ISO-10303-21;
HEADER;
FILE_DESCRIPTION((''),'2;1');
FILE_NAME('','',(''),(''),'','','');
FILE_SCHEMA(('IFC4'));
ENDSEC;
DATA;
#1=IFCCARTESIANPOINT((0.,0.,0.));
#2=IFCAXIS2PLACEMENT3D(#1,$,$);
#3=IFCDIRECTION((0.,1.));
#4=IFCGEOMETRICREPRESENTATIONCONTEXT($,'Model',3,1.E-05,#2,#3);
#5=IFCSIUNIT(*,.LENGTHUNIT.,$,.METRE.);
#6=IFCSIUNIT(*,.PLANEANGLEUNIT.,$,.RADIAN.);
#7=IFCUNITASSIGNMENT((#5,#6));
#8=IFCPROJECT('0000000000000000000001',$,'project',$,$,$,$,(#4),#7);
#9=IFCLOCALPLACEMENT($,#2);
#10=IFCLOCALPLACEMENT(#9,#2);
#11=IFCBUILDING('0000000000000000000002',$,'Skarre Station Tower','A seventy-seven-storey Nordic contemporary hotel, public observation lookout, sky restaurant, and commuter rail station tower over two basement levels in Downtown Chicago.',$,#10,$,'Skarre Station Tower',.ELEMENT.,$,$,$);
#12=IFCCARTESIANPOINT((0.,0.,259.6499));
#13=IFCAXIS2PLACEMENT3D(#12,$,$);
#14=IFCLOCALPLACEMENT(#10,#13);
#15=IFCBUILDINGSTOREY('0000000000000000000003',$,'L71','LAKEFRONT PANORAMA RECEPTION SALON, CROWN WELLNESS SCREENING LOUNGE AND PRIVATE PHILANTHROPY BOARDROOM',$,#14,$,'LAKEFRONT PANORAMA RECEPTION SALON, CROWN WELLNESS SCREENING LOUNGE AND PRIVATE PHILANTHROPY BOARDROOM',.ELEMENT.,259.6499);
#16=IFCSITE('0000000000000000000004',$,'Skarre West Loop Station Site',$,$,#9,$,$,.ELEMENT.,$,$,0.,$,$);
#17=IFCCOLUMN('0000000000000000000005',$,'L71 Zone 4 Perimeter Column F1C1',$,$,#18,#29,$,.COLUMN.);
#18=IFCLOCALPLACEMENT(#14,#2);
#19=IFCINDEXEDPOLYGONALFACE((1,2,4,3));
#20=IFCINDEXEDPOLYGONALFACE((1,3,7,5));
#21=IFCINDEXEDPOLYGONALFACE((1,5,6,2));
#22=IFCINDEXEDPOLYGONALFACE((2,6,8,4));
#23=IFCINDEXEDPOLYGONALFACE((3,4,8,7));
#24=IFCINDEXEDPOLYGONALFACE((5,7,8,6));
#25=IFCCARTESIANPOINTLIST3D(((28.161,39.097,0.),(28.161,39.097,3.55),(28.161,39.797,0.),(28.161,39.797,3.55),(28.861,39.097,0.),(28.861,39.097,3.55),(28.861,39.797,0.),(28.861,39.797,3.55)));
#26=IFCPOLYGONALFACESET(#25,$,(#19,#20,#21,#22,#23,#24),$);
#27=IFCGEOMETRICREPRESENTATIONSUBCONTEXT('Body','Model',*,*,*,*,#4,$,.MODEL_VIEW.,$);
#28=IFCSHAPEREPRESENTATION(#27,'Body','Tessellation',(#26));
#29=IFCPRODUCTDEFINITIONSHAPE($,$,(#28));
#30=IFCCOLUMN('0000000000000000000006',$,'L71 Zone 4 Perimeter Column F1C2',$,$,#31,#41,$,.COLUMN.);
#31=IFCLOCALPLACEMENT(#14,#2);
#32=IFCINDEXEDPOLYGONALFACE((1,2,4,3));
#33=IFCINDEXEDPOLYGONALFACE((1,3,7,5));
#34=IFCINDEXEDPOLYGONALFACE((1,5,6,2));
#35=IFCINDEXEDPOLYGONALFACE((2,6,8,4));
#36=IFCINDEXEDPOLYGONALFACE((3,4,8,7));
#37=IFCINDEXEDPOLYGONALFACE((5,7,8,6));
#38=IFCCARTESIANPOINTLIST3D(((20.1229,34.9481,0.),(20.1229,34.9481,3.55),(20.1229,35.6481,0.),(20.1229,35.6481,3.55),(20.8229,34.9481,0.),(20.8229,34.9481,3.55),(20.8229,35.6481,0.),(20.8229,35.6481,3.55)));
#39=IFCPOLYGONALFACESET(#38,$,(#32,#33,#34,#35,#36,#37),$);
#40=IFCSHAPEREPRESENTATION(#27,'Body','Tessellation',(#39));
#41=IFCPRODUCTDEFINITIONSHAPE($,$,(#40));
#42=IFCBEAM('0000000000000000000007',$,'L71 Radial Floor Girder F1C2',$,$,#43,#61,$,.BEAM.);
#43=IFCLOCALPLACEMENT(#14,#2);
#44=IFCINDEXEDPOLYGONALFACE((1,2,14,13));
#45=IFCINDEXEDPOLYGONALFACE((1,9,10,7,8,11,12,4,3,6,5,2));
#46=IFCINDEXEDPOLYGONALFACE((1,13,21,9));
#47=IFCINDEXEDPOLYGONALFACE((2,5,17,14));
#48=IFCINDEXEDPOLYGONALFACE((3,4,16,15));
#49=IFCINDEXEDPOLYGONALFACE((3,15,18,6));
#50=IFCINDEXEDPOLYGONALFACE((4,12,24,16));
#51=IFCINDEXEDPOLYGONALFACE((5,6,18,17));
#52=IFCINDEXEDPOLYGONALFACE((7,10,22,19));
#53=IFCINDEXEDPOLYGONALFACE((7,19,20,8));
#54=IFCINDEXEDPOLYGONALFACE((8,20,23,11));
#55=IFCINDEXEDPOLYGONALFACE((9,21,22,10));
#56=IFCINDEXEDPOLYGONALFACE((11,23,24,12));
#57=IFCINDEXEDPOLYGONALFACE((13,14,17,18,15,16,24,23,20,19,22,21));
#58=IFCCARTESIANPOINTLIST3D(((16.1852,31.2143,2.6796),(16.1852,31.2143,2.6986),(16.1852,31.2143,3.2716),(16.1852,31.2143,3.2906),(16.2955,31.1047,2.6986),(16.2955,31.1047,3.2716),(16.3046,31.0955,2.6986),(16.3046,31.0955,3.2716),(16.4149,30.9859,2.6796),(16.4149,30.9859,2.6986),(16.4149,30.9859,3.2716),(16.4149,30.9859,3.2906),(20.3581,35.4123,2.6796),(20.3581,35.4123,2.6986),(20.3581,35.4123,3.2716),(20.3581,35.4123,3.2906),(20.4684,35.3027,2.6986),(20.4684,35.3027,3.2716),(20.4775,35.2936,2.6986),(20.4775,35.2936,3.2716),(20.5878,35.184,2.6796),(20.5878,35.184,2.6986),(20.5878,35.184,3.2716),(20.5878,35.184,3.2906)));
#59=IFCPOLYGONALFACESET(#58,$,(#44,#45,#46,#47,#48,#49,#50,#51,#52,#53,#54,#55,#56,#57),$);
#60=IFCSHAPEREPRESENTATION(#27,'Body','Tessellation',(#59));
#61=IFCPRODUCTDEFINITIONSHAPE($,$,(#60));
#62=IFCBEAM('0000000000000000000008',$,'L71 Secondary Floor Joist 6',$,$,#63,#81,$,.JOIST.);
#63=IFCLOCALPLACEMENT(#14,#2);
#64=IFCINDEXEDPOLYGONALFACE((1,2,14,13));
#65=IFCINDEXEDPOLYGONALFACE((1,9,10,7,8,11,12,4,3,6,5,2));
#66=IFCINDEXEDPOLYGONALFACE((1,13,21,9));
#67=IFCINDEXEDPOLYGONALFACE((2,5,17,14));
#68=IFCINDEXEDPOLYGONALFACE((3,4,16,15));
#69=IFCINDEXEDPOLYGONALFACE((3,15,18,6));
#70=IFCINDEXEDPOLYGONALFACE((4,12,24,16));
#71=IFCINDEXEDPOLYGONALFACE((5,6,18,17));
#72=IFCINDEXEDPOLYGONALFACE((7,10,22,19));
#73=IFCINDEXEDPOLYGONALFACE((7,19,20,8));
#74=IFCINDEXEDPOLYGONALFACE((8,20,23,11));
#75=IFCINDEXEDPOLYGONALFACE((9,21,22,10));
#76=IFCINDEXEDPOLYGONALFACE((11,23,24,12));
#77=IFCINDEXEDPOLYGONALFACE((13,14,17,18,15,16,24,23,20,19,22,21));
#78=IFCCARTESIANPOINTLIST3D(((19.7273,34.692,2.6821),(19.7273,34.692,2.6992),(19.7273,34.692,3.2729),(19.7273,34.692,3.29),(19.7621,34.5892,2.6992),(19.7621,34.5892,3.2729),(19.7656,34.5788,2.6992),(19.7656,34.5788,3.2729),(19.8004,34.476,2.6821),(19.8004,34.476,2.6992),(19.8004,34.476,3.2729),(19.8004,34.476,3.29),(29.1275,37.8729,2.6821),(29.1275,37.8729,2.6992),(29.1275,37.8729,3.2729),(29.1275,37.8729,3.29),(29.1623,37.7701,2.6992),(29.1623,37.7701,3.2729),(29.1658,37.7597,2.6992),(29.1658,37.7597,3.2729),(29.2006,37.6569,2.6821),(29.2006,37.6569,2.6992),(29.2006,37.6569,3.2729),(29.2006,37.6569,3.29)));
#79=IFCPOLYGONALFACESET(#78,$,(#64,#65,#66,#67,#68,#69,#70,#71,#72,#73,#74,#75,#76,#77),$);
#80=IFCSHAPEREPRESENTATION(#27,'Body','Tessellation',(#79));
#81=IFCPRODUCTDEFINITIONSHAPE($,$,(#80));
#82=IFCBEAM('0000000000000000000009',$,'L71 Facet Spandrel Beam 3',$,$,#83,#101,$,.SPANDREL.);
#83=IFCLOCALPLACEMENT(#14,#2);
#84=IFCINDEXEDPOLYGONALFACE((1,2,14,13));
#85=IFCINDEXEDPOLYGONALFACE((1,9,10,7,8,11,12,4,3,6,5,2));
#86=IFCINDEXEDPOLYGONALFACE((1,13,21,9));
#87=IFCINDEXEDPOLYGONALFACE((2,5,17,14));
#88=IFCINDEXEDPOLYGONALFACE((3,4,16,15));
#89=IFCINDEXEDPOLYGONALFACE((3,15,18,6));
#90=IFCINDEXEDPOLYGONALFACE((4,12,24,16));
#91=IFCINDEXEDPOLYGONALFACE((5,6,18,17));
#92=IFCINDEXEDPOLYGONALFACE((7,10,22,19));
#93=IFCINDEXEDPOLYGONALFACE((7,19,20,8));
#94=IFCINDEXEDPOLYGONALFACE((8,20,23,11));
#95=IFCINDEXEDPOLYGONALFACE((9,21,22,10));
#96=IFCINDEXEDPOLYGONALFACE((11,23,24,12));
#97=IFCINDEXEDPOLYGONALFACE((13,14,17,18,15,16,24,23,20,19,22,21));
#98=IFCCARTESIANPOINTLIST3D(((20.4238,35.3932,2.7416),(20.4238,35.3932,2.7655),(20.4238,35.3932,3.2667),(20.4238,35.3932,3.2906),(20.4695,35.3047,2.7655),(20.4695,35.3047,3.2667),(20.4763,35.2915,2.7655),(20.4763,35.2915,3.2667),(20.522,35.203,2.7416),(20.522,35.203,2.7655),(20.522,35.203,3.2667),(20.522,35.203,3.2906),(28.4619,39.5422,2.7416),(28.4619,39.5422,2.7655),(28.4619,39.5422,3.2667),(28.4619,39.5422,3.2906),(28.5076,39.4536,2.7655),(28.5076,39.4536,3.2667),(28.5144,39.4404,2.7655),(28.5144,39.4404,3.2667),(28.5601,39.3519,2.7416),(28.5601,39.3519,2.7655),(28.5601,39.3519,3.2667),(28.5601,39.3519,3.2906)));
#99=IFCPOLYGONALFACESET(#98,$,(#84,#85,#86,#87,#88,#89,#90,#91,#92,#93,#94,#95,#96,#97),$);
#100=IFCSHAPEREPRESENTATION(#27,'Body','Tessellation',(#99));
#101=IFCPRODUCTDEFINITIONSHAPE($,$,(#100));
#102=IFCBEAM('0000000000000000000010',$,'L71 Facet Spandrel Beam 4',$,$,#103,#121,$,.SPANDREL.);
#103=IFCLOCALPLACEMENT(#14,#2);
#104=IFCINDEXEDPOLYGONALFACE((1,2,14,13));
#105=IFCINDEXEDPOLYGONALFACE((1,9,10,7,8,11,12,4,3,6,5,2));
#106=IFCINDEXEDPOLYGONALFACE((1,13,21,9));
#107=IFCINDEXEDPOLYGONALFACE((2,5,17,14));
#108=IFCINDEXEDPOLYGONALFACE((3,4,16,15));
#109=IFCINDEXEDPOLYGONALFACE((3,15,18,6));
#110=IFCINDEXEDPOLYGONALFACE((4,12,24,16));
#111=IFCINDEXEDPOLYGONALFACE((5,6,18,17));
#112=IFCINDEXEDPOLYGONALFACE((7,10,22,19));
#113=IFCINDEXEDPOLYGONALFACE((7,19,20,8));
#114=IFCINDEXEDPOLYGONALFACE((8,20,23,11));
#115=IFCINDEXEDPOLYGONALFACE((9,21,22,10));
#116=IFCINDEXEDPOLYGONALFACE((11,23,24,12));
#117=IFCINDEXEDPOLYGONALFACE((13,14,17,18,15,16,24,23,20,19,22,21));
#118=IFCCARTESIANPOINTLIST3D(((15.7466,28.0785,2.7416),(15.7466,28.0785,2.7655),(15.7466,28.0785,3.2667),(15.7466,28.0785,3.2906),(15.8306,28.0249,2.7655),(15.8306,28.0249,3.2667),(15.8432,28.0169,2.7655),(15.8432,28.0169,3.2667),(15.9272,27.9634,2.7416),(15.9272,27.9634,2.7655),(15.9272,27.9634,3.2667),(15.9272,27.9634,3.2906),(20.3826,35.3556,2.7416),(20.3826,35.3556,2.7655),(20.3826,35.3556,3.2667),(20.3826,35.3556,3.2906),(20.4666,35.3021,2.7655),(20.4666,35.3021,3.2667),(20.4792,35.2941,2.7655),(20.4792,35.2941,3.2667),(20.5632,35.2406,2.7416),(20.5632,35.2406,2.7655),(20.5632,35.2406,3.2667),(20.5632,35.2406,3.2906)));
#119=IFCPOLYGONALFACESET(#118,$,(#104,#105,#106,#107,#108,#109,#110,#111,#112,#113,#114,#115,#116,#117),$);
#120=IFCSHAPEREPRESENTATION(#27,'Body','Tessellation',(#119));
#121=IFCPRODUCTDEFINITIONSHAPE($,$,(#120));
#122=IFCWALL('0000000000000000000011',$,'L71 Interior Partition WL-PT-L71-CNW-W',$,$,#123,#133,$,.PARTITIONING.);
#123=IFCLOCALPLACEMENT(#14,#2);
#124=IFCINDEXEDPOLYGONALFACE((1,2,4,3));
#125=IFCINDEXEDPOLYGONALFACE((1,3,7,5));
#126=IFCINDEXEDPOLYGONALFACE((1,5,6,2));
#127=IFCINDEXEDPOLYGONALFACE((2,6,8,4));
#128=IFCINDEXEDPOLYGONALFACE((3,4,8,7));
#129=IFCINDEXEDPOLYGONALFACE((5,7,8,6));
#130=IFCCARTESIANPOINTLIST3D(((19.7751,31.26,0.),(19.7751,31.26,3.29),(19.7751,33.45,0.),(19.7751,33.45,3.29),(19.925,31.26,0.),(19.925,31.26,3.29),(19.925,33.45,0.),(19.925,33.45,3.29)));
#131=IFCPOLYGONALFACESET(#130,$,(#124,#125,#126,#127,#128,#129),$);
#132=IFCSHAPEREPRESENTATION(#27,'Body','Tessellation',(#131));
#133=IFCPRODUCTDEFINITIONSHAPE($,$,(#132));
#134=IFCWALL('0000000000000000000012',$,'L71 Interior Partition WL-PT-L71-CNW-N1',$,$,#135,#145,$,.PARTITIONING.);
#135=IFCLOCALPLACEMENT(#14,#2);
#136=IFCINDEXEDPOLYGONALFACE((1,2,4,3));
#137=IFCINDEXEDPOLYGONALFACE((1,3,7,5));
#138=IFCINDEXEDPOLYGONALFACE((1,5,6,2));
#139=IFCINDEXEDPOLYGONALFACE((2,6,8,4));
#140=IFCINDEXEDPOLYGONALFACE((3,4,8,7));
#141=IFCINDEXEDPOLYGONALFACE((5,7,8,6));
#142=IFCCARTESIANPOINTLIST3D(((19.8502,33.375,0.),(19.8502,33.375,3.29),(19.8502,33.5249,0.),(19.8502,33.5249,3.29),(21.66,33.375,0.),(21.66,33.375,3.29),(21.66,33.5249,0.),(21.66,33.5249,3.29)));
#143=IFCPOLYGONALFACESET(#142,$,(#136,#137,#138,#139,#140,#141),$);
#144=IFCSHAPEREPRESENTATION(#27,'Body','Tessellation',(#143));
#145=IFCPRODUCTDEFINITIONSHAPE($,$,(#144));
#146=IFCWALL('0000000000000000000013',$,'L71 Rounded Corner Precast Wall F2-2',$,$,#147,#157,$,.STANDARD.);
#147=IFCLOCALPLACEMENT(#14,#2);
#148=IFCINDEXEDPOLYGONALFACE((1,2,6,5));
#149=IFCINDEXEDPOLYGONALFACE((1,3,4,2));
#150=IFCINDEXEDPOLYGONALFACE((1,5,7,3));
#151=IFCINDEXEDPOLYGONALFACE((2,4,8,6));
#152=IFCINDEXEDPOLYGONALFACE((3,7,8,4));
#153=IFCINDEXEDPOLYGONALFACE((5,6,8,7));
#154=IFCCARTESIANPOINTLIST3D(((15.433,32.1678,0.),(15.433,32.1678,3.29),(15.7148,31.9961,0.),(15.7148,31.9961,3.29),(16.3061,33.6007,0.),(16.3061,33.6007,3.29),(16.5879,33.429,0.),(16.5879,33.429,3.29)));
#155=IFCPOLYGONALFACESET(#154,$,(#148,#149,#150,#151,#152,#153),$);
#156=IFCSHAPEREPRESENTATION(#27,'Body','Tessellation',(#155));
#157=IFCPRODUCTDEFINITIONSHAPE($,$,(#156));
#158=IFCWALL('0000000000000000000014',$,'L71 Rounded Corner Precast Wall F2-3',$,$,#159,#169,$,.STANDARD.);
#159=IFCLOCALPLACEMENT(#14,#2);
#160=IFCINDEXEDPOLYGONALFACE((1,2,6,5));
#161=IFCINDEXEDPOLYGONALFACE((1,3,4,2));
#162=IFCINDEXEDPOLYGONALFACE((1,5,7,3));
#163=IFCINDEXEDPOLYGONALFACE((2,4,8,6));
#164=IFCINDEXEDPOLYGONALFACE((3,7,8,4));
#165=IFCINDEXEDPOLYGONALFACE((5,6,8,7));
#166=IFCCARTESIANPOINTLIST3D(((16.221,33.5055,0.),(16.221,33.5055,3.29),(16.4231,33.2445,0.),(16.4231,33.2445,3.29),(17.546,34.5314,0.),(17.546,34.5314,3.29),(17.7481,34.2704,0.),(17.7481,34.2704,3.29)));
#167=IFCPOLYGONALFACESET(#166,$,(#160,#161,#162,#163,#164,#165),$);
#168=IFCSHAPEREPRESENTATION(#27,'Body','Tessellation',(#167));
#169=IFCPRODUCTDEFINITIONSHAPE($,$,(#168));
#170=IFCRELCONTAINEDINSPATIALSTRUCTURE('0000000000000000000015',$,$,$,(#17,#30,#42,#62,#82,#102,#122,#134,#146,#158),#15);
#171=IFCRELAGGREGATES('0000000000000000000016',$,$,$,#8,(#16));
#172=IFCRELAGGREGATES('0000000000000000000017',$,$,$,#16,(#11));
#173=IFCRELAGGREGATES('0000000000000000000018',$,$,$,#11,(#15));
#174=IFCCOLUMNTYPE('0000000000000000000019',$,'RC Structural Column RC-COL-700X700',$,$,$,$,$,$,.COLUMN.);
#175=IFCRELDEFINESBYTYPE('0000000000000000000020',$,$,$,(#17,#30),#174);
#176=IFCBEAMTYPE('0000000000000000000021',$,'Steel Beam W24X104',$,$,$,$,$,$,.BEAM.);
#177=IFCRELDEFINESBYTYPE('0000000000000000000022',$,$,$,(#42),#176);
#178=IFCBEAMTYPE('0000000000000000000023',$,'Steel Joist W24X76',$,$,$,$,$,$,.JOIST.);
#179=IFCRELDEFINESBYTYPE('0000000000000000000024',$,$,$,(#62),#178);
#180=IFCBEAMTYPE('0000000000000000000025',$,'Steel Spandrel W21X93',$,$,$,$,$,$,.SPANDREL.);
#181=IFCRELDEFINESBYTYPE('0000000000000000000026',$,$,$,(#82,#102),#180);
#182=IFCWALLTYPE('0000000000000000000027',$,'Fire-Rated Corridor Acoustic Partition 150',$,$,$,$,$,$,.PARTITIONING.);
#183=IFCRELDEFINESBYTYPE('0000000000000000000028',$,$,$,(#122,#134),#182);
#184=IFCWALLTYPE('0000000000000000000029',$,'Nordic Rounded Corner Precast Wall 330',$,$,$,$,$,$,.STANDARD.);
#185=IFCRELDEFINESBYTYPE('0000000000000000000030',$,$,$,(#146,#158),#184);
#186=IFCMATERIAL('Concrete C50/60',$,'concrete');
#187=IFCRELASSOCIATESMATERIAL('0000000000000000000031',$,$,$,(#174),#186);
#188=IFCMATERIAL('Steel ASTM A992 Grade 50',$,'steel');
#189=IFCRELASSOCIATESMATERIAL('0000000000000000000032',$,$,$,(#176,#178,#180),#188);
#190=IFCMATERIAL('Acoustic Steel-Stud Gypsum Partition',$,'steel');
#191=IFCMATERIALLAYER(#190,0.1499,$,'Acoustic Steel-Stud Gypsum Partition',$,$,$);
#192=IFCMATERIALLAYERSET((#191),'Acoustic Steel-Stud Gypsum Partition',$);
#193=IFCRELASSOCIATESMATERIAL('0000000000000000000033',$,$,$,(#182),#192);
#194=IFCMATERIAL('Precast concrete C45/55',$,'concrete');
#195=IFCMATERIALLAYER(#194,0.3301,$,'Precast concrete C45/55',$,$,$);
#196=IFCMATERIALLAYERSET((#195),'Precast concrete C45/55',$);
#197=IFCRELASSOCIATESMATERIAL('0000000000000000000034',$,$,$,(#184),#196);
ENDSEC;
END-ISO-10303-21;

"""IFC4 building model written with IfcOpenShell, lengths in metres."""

from ifc_helpers import new_model, si_unit, direction, frame, frame_2d, origin, origin_2d, place, context, subcontext, project, spatial, rectangle, i_section, extrude, material, layer, layer_set, material_profile, profile_set, type_object, element, save


model = new_model("IFC4")

# Units and contexts
model_context = context("Model", 3, precision=1e-05, world=origin(), true_north=direction((0.0, 1.0)))
body_context = subcontext(model_context, "Body", "Model", "MODEL_VIEW")
ifc_project = project(units=[si_unit("LENGTHUNIT", "METRE"), si_unit("PLANEANGLEUNIT", "RADIAN")], contexts=[model_context])

# Site, building, storey
site_placement = place(None, origin())
site = spatial("IfcSite", under=ifc_project, at=site_placement, Name="Skarre West Loop Station Site", CompositionType="ELEMENT", RefElevation=0.0)
building_placement = place(site_placement, origin())
building = spatial("IfcBuilding", under=site, at=building_placement, Name="Skarre Station Tower", Description="A seventy-seven-storey Nordic contemporary hotel, public observation lookout, sky restaurant, and commuter rail station tower over two basement levels in Downtown Chicago.", LongName="Skarre Station Tower", CompositionType="ELEMENT")
storey_placement = place(building_placement, frame((0.0, 0.0, 259.6499)))
storey = spatial("IfcBuildingStorey", under=building, at=storey_placement, Name="L71", Description="LAKEFRONT PANORAMA RECEPTION SALON, CROWN WELLNESS SCREENING LOUNGE AND PRIVATE PHILANTHROPY BOARDROOM", LongName="LAKEFRONT PANORAMA RECEPTION SALON, CROWN WELLNESS SCREENING LOUNGE AND PRIVATE PHILANTHROPY BOARDROOM", CompositionType="ELEMENT", Elevation=259.6499)

# Columns
ifc_material_1 = material(Name="Concrete C50/60", Category="concrete")
ifc_material_profile_1 = material_profile(ifc_material_1, rectangle(XDim=0.7, YDim=0.7, at=origin_2d()), Name="Concrete C50/60")
ifc_profile_set_1 = profile_set([ifc_material_profile_1], Name="Concrete C50/60")
column_type = type_object("IfcColumnType", Name="RC Structural Column RC-COL-700X700", PredefinedType="COLUMN", material=ifc_profile_set_1)
for number, where, z_axis, x_axis, name in (
    (1, (28.511, 39.447, 0.0), (0.0, 0.0, 1.0), (1.0, 0.0, 0.0), "L71 Zone 4 Perimeter Column F1C1"),
    (2, (20.4729, 35.2981, 0.0), (0.0, 0.0, 1.0), (1.0, 0.0, 0.0), "L71 Zone 4 Perimeter Column F1C2"),
):
    element("IfcColumn", number, at=place(storey_placement, frame(where, z_axis=z_axis, x_axis=x_axis)), inside=storey, type_object=column_type, Name=name, PredefinedType="COLUMN", context=body_context, shape_type="SweptSolid", body=[
        extrude(rectangle(XDim=0.7, YDim=0.7, at=origin_2d()), origin(), (0.0, 0.0, 1.0), 3.55),
    ])

# Beams
ifc_material_2 = material(Name="Steel ASTM A992 Grade 50", Category="steel")
ifc_material_profile_2 = material_profile(ifc_material_2, i_section(OverallWidth=0.324, OverallDepth=0.6111, WebThickness=0.0129, FlangeThickness=0.019, at=origin_2d()), Name="Steel ASTM A992 Grade 50")
ifc_profile_set_2 = profile_set([ifc_material_profile_2], Name="Steel ASTM A992 Grade 50")
beam_type_1 = type_object("IfcBeamType", Name="Steel Beam W24X104", PredefinedType="BEAM", material=ifc_profile_set_2)
beam_1_placement = place(storey_placement, frame((16.3, 31.1001, 2.9851), z_axis=(0.704979, 0.709228, 0.0), x_axis=(-0.709228, 0.704979, 0.0)))
element("IfcBeam", 3, at=beam_1_placement, inside=storey, type_object=beam_type_1, Name="L71 Radial Floor Girder F1C2", PredefinedType="BEAM", context=body_context, shape_type="SweptSolid", body=[
    extrude(i_section(OverallWidth=0.324, OverallDepth=0.6111, WebThickness=0.0129, FlangeThickness=0.019, at=origin_2d()), origin(), (0.0, 0.0, 1.0), 5.9192),
])
ifc_material_profile_3 = material_profile(ifc_material_2, i_section(OverallWidth=0.228, OverallDepth=0.6079, WebThickness=0.011, FlangeThickness=0.0171, at=origin_2d()), Name="Steel ASTM A992 Grade 50")
ifc_profile_set_3 = profile_set([ifc_material_profile_3], Name="Steel ASTM A992 Grade 50")
beam_type_2 = type_object("IfcBeamType", Name="Steel Joist W24X76", PredefinedType="JOIST", material=ifc_profile_set_3)
beam_2_placement = place(storey_placement, frame((29.1641, 37.7649, 2.9861), z_axis=(-0.947237, -0.320535, 0.0), x_axis=(0.320535, -0.947237, 0.0)))
element("IfcBeam", 4, at=beam_2_placement, inside=storey, type_object=beam_type_2, Name="L71 Secondary Floor Joist 6", PredefinedType="JOIST", context=body_context, shape_type="SweptSolid", body=[
    extrude(i_section(OverallWidth=0.228, OverallDepth=0.6079, WebThickness=0.011, FlangeThickness=0.0171, at=origin_2d()), origin(), (0.0, 0.0, 1.0), 9.9238),
])
ifc_material_profile_4 = material_profile(ifc_material_2, i_section(OverallWidth=0.2141, OverallDepth=0.5491, WebThickness=0.0149, FlangeThickness=0.0239, at=origin_2d()), Name="Steel ASTM A992 Grade 50")
ifc_profile_set_4 = profile_set([ifc_material_profile_4], Name="Steel ASTM A992 Grade 50")
beam_type_3 = type_object("IfcBeamType", Name="Steel Spandrel W21X93", PredefinedType="SPANDREL", material=ifc_profile_set_4)
beam_3_placement = place(storey_placement, frame((28.511, 39.447, 3.0161), z_axis=(-0.88861, -0.458664, 0.0), x_axis=(0.458664, -0.88861, 0.0)))
element("IfcBeam", 5, at=beam_3_placement, inside=storey, type_object=beam_type_3, Name="L71 Facet Spandrel Beam 3", PredefinedType="SPANDREL", context=body_context, shape_type="SweptSolid", body=[
    extrude(i_section(OverallWidth=0.2141, OverallDepth=0.5491, WebThickness=0.0149, FlangeThickness=0.0239, at=origin_2d()), origin(), (0.0, 0.0, 1.0), 9.0457),
])
beam_4_placement = place(storey_placement, frame((20.4729, 35.2981, 3.0161), z_axis=(-0.537297, -0.843393, 0.0), x_axis=(0.843393, -0.537297, 0.0)))
element("IfcBeam", 6, at=beam_4_placement, inside=storey, type_object=beam_type_3, Name="L71 Facet Spandrel Beam 4", PredefinedType="SPANDREL", context=body_context, shape_type="SweptSolid", body=[
    extrude(i_section(OverallWidth=0.2141, OverallDepth=0.5491, WebThickness=0.0149, FlangeThickness=0.0239, at=origin_2d()), origin(), (0.0, 0.0, 1.0), 8.6284),
])

# Walls
ifc_material_3 = material(Name="Acoustic Steel-Stud Gypsum Partition", Category="steel")
ifc_layer_1 = layer(ifc_material_3, 0.1499, Name="Acoustic Steel-Stud Gypsum Partition")
ifc_layer_set_1 = layer_set([ifc_layer_1], Name="Acoustic Steel-Stud Gypsum Partition")
wall_type_1 = type_object("IfcWallType", Name="Fire-Rated Corridor Acoustic Partition 150", PredefinedType="PARTITIONING", material=ifc_layer_set_1)
wall_1_placement = place(storey_placement, frame((19.8501, 33.45, 0.0), z_axis=(0.0, 0.0, 1.0), x_axis=(0.0, -1.0, 0.0)))
element("IfcWall", 7, at=wall_1_placement, inside=storey, type_object=wall_type_1, Name="L71 Interior Partition WL-PT-L71-CNW-W", PredefinedType="PARTITIONING", context=body_context, shape_type="SweptSolid", body=[
    extrude(rectangle(XDim=2.1899, YDim=0.1499, at=frame_2d((1.095, 0.0))), origin(), (0.0, 0.0, 1.0), 3.29),
])
wall_2_placement = place(storey_placement, frame((21.6599, 33.45, 0.0), z_axis=(0.0, 0.0, 1.0), x_axis=(-1.0, 0.0, 0.0)))
element("IfcWall", 8, at=wall_2_placement, inside=storey, type_object=wall_type_1, Name="L71 Interior Partition WL-PT-L71-CNW-N1", PredefinedType="PARTITIONING", context=body_context, shape_type="SweptSolid", body=[
    extrude(rectangle(XDim=1.8098, YDim=0.1499, at=frame_2d((0.9048, 0.0))), origin(), (0.0, 0.0, 1.0), 3.29),
])
ifc_material_4 = material(Name="Precast concrete C45/55", Category="concrete")
ifc_layer_2 = layer(ifc_material_4, 0.3301, Name="Precast concrete C45/55")
ifc_layer_set_2 = layer_set([ifc_layer_2], Name="Precast concrete C45/55")
wall_type_2 = type_object("IfcWallType", Name="Nordic Rounded Corner Precast Wall 330", PredefinedType="STANDARD", material=ifc_layer_set_2)
wall_3_placement = place(storey_placement, frame((15.574, 32.082, 0.0), z_axis=(0.0, 0.0, 1.0), x_axis=(0.520325, 0.853968, 0.0)))
element("IfcWall", 9, at=wall_3_placement, inside=storey, type_object=wall_type_2, Name="L71 Rounded Corner Precast Wall F2-2", PredefinedType="STANDARD", context=body_context, shape_type="SweptSolid", body=[
    extrude(rectangle(XDim=1.678, YDim=0.3301, at=frame_2d((0.8389, 0.0))), origin(), (0.0, 0.0, 1.0), 3.29),
])
wall_4_placement = place(storey_placement, frame((16.322, 33.375, 0.0), z_axis=(0.0, 0.0, 1.0), x_axis=(0.790692, 0.612214, 0.0)))
element("IfcWall", 10, at=wall_4_placement, inside=storey, type_object=wall_type_2, Name="L71 Rounded Corner Precast Wall F2-3", PredefinedType="STANDARD", context=body_context, shape_type="SweptSolid", body=[
    extrude(rectangle(XDim=1.6758, YDim=0.3301, at=frame_2d((0.8379, 0.0))), origin(), (0.0, 0.0, 1.0), 3.29),
])

save(model, "model.ifc")
